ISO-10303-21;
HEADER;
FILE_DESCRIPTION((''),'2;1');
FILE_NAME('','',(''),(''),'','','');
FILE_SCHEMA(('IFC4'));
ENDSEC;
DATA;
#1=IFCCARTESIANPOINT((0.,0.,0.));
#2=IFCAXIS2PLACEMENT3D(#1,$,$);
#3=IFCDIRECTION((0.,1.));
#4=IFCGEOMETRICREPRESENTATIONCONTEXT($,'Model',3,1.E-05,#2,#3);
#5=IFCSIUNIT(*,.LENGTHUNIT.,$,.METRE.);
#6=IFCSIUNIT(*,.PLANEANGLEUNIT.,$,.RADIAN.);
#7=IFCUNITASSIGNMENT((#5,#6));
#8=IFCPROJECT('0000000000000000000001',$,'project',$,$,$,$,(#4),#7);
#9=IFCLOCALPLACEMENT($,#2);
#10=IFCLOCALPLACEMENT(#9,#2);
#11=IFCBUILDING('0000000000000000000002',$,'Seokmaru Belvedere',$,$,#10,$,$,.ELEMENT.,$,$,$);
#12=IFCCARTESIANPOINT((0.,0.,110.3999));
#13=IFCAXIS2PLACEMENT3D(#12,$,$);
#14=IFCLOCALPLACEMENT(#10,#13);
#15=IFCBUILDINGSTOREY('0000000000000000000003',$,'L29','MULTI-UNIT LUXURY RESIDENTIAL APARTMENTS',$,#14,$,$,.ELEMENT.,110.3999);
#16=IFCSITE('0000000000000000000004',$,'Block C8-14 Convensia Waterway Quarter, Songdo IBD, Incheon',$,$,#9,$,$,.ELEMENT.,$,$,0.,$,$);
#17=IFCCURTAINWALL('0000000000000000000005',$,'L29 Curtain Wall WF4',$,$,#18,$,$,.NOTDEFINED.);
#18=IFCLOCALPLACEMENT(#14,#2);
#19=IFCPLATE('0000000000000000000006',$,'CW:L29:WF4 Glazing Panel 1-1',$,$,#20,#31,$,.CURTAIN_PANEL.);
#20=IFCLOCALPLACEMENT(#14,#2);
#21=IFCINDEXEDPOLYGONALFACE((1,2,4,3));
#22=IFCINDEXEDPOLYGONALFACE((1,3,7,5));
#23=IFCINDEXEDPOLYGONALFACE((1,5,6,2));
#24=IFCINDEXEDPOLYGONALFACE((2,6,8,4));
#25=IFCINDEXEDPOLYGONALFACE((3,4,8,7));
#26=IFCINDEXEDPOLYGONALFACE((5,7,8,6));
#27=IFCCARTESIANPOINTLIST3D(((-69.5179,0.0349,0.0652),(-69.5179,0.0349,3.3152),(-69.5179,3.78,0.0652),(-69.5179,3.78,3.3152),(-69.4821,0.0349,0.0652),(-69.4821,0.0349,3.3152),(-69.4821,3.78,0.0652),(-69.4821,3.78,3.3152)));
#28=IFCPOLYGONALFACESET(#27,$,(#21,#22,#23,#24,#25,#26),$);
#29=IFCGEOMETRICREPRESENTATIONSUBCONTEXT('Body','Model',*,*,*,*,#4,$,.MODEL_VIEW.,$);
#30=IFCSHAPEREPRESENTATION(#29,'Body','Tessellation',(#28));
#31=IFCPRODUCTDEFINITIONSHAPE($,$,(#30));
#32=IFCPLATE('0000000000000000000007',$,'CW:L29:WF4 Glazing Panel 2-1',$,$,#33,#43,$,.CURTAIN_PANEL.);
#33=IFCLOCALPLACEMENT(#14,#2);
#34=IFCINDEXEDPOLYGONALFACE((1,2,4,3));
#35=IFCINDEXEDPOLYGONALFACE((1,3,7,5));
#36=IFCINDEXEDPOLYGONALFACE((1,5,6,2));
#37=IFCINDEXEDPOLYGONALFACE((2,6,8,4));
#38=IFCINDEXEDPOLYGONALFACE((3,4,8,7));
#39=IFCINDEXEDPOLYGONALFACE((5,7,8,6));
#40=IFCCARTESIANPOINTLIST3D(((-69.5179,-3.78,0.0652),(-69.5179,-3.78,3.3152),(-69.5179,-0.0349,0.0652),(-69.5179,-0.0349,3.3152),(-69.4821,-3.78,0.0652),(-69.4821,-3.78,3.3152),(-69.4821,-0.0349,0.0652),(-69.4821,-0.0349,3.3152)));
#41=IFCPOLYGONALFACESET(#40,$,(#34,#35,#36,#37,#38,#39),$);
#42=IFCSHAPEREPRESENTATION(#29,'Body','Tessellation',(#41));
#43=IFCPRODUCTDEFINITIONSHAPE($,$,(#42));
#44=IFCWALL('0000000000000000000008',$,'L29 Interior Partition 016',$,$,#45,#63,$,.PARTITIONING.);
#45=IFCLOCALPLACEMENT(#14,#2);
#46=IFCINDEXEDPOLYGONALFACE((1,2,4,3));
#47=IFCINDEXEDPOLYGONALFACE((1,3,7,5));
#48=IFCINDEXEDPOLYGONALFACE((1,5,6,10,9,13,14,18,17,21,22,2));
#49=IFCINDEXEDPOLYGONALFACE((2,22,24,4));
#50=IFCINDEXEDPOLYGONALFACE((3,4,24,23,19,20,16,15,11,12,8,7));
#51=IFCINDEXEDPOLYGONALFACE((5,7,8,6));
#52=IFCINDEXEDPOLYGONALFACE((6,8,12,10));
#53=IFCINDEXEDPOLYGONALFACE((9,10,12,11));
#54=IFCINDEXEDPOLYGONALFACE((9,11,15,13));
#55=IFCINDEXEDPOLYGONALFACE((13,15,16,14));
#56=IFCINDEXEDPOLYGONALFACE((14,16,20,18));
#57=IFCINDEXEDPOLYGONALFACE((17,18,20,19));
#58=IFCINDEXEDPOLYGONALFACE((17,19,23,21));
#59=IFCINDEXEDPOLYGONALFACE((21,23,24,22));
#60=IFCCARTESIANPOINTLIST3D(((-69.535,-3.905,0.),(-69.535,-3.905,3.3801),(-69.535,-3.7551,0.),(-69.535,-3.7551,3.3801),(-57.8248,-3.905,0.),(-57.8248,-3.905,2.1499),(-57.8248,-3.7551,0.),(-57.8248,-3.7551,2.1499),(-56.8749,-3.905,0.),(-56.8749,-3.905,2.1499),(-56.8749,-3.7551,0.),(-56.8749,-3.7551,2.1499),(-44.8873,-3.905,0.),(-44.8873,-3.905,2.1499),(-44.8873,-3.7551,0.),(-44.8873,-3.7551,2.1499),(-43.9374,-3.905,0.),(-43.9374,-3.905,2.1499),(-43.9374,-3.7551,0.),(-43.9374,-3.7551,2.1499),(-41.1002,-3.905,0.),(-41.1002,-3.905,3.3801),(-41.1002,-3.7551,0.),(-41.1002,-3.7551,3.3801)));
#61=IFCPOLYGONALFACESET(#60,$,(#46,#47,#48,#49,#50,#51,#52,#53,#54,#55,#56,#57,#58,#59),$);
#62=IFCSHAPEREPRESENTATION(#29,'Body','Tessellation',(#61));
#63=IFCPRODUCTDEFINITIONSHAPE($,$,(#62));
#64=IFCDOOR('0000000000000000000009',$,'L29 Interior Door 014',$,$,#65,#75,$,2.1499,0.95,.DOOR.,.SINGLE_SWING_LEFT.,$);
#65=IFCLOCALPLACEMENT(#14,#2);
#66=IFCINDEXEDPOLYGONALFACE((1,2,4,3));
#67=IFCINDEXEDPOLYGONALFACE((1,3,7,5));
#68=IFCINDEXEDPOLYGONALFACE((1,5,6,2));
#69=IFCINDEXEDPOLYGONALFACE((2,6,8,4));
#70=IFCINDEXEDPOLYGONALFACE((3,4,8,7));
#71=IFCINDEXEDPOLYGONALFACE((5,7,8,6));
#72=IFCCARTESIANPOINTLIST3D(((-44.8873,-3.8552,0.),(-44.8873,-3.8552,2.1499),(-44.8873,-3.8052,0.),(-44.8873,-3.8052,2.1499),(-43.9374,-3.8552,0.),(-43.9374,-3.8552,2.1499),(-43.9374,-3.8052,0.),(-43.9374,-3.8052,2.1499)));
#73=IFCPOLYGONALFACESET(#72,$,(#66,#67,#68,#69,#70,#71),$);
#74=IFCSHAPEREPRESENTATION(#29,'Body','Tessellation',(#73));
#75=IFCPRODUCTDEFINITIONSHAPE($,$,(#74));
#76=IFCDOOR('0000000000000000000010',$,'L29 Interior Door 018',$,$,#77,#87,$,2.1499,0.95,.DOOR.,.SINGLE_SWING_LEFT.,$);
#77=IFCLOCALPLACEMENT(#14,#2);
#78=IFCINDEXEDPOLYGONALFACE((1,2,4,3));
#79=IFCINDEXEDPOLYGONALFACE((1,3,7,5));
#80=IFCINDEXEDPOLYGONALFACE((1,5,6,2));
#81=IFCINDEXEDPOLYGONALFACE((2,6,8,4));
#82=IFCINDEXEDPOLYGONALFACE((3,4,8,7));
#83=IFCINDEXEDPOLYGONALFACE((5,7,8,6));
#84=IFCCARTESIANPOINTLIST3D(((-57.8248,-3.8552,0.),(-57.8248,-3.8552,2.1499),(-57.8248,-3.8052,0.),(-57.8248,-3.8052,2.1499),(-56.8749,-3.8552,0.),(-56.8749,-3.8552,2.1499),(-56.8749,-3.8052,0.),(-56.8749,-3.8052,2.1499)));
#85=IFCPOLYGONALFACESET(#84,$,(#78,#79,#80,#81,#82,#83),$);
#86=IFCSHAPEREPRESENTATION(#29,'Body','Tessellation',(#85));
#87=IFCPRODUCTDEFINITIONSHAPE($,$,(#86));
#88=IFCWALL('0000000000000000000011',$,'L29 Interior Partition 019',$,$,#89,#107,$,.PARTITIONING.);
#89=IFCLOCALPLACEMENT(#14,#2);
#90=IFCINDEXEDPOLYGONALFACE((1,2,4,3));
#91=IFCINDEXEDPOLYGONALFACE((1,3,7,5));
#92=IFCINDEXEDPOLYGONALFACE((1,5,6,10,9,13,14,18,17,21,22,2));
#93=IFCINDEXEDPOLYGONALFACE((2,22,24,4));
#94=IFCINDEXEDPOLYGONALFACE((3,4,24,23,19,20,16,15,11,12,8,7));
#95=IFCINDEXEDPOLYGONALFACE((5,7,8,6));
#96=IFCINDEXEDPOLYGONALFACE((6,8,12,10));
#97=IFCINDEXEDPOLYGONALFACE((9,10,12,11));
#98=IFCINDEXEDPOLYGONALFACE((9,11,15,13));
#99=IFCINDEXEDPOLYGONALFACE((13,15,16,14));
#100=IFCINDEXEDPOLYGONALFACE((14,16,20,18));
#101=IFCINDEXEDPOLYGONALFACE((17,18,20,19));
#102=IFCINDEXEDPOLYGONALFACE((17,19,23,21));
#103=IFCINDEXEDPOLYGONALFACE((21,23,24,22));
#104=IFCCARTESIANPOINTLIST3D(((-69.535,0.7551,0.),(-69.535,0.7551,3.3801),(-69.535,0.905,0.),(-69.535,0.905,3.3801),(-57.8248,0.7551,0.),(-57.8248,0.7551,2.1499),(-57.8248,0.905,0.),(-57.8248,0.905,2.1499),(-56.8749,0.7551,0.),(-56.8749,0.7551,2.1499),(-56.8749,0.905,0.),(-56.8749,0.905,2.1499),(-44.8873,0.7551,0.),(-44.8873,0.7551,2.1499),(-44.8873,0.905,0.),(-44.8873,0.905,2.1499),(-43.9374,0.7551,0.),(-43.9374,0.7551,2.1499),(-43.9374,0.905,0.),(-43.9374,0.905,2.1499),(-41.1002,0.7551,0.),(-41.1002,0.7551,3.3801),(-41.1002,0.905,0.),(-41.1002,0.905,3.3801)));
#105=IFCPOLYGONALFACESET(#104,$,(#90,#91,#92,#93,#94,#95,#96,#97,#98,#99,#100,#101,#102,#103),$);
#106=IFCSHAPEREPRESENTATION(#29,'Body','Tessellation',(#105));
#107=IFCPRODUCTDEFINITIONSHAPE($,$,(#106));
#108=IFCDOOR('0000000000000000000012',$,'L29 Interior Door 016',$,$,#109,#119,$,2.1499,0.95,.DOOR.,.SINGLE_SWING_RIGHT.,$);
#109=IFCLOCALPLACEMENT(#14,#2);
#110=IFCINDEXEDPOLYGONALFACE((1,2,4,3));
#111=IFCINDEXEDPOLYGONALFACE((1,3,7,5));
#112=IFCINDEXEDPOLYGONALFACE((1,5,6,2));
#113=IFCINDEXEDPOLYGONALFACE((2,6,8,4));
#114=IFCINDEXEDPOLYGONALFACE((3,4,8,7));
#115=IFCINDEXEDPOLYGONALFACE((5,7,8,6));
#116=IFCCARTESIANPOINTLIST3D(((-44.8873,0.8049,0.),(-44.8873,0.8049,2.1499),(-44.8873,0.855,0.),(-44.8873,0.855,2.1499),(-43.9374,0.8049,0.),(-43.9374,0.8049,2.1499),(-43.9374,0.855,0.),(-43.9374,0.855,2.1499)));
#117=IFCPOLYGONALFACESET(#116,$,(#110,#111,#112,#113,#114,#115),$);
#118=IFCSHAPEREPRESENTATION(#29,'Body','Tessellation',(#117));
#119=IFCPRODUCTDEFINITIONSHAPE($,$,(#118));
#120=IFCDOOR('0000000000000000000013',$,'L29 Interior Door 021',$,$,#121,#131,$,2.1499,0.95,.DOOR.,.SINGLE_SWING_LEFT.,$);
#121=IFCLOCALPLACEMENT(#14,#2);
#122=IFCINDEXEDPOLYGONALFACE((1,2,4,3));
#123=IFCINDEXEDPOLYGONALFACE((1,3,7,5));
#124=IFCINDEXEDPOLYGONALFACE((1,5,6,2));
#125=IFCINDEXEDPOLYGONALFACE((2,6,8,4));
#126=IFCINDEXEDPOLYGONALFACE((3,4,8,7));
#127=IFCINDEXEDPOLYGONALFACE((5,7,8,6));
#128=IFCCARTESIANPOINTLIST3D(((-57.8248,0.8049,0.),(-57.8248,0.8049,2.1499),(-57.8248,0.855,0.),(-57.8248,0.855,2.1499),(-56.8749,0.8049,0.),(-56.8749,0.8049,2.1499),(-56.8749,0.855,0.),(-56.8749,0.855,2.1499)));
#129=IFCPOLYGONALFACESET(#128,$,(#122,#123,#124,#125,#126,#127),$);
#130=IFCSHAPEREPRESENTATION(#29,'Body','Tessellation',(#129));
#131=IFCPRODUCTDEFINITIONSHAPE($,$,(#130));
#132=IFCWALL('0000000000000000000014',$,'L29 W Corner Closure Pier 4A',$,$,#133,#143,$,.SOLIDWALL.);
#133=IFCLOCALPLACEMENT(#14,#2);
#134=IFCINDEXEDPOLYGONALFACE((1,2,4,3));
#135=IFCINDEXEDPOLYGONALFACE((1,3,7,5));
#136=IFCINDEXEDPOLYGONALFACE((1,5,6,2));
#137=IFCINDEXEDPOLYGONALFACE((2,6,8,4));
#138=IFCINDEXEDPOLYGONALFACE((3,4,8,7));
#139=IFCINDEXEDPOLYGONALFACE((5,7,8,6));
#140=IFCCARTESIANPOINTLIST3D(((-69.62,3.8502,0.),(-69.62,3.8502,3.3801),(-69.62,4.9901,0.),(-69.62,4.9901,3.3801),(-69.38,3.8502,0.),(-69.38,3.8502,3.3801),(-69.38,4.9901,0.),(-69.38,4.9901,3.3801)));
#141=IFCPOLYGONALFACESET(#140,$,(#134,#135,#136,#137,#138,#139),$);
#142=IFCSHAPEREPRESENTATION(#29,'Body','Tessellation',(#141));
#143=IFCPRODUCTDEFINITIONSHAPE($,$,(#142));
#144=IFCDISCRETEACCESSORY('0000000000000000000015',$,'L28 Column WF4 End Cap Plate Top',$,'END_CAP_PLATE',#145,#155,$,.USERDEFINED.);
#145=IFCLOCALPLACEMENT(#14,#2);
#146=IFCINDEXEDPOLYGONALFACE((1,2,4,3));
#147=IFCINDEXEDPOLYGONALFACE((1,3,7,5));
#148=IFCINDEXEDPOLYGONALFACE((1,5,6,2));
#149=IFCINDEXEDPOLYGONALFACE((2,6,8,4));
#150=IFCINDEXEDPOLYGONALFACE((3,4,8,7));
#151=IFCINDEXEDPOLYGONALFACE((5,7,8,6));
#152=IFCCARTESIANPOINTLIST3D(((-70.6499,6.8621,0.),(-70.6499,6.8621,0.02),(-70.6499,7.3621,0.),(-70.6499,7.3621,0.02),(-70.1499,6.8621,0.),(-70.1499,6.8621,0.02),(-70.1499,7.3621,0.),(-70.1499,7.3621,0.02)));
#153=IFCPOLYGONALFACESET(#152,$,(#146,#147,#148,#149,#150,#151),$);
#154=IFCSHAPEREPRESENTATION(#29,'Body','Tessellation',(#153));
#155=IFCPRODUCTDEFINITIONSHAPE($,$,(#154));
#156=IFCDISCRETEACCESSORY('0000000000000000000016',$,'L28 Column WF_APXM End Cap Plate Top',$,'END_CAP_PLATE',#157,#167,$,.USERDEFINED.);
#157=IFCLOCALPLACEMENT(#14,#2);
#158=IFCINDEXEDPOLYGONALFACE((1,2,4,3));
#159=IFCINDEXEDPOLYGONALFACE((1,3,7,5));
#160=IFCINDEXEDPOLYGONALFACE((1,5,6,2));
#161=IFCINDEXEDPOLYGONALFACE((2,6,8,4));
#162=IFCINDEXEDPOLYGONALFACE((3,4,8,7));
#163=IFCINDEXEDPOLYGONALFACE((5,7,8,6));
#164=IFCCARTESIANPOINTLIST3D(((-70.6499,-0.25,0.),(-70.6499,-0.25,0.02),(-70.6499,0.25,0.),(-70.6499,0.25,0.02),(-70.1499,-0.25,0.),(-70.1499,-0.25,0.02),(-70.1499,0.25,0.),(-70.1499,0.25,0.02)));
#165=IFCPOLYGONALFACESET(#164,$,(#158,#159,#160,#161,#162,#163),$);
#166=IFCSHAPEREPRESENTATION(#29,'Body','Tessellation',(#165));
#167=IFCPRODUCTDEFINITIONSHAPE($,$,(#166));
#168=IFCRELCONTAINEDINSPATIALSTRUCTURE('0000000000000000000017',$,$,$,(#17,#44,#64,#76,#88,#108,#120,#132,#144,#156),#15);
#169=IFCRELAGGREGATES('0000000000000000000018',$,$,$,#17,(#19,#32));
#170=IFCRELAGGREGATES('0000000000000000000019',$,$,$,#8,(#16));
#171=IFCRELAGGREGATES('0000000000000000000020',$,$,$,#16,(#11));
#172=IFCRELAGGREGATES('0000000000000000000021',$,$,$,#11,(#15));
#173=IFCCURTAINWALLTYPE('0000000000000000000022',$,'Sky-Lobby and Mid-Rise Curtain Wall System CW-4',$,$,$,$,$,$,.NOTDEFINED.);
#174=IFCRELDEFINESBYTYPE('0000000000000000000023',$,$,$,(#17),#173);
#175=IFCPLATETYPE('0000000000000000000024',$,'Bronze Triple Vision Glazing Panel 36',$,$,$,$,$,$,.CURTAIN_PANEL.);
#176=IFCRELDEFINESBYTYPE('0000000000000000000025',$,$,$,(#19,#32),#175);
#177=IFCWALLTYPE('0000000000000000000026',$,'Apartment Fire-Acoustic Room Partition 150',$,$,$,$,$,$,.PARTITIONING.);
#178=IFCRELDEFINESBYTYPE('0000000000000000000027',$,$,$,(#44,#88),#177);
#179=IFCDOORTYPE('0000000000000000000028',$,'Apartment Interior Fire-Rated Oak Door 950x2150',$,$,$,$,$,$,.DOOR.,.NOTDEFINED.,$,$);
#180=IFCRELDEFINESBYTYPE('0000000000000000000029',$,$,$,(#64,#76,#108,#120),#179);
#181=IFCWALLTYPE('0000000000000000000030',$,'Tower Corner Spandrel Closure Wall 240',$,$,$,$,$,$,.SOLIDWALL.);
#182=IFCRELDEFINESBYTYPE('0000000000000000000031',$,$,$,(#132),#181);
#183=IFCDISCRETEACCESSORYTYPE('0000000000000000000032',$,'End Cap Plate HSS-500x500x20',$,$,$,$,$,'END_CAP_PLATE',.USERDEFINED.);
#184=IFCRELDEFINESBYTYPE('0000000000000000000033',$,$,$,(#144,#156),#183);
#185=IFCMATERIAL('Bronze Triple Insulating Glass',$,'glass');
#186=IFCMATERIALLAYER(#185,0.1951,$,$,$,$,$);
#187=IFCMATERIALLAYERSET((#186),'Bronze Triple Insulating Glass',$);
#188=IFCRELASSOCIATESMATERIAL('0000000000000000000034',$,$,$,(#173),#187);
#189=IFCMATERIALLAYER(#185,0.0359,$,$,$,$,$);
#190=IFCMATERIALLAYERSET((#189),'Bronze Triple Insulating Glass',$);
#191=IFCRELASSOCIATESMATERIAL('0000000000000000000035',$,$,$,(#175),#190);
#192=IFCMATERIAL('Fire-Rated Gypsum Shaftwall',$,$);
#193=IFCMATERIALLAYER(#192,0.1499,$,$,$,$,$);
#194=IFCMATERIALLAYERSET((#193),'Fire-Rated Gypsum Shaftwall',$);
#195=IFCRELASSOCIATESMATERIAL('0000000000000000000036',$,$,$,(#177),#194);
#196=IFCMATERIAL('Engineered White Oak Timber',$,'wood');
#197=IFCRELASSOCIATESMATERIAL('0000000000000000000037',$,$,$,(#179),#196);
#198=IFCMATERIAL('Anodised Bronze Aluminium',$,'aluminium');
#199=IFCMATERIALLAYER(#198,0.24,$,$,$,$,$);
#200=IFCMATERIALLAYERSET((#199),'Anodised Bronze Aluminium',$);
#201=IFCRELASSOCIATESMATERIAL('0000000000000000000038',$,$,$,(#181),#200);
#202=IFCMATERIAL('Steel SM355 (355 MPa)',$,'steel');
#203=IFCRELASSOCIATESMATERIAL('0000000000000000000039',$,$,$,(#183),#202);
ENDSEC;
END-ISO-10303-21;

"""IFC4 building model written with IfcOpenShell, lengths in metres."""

from ifc_helpers import new_model, si_unit, direction, frame, frame_2d, origin, origin_2d, place, context, subcontext, project, spatial, rectangle, extrude, source, transform, mapped, material, layer, layer_set, type_object, type_shapes, element, fill, aggregate, save


model = new_model("IFC4")

# Units and contexts
model_context = context("Model", 3, precision=1e-05, world=origin(), true_north=direction((0.0, 1.0)))
body_context = subcontext(model_context, "Body", "Model", "MODEL_VIEW")
ifc_project = project(units=[si_unit("LENGTHUNIT", "METRE"), si_unit("PLANEANGLEUNIT", "RADIAN")], contexts=[model_context])

# Site, building, storey
site_placement = place(None, origin())
site = spatial("IfcSite", under=ifc_project, at=site_placement, Name="Block C8-14 Convensia Waterway Quarter, Songdo IBD, Incheon", CompositionType="ELEMENT", RefElevation=0.0)
building_placement = place(site_placement, origin())
building = spatial("IfcBuilding", under=site, at=building_placement, Name="Seokmaru Belvedere", CompositionType="ELEMENT")
storey_placement = place(building_placement, frame((0.0, 0.0, 110.3999)))
storey = spatial("IfcBuildingStorey", under=building, at=storey_placement, Name="L29", Description="MULTI-UNIT LUXURY RESIDENTIAL APARTMENTS", CompositionType="ELEMENT", Elevation=110.3999)

# Shared definitions
ifc_material_1 = material(Name="Steel SM355 (355 MPa)", Category="steel")

# Curtain wall, plates
ifc_material_2 = material(Name="Bronze Triple Insulating Glass", Category="glass")
ifc_layer_1 = layer(ifc_material_2, 0.1951)
ifc_layer_set_1 = layer_set([ifc_layer_1], Name="Bronze Triple Insulating Glass")
curtain_wall_type = type_object("IfcCurtainWallType", Name="Sky-Lobby and Mid-Rise Curtain Wall System CW-4", PredefinedType="NOTDEFINED", material=ifc_layer_set_1)
curtain_wall_placement = place(storey_placement, origin())
curtain_wall = element("IfcCurtainWall", 1, at=curtain_wall_placement, inside=storey, type_object=curtain_wall_type, Name="L29 Curtain Wall WF4", PredefinedType="NOTDEFINED")
ifc_material_3 = material(Name="Anodised Bronze Aluminium", Category="aluminium")
ifc_layer_2 = layer(ifc_material_2, 0.0359)
ifc_layer_set_2 = layer_set([ifc_layer_2], Name="Bronze Triple Insulating Glass")
plate_type = type_object("IfcPlateType", Name="Bronze Triple Vision Glazing Panel 36", PredefinedType="CURTAIN_PANEL", material=ifc_layer_set_2)
shared_shape_1 = source(origin(), body_context, "Body", "SweptSolid", [
    extrude(rectangle(XDim=3.7451, YDim=0.0359, at=origin_2d()), origin(), (0.0, 0.0, 1.0), 3.25),
])
type_shapes(plate_type, [shared_shape_1])
plate_1_placement = place(storey_placement, frame((-69.5, 1.9075, 0.0652), z_axis=(0.0, 0.0, 1.0), x_axis=(0.0, -1.0, 0.0)))
plate_1 = element("IfcPlate", 2, at=plate_1_placement, type_object=plate_type, Name="CW:L29:WF4 Glazing Panel 1-1", PredefinedType="CURTAIN_PANEL", context=body_context, shape_type="MappedRepresentation", body=[
    mapped(shared_shape_1, transform((0.0, 0.0, 0.0), scale=1.0)),
])
plate_2_placement = place(storey_placement, frame((-69.5, -1.9075, 0.0652), z_axis=(0.0, 0.0, 1.0), x_axis=(0.0, -1.0, 0.0)))
plate_2 = element("IfcPlate", 3, at=plate_2_placement, type_object=plate_type, Name="CW:L29:WF4 Glazing Panel 2-1", PredefinedType="CURTAIN_PANEL", context=body_context, shape_type="MappedRepresentation", body=[
    mapped(shared_shape_1, transform((0.0, 0.0, 0.0), scale=1.0)),
])
aggregate(curtain_wall, [plate_1, plate_2])

# Walls, openings, doors
ifc_material_4 = material(Name="Fire-Rated Gypsum Shaftwall")
ifc_layer_3 = layer(ifc_material_4, 0.1499)
ifc_layer_set_3 = layer_set([ifc_layer_3], Name="Fire-Rated Gypsum Shaftwall")
wall_type_1 = type_object("IfcWallType", Name="Apartment Fire-Acoustic Room Partition 150", PredefinedType="PARTITIONING", material=ifc_layer_set_3)
wall_1_placement = place(storey_placement, frame((-69.5349, -3.8301, 0.0), z_axis=(0.0, 0.0, 1.0), x_axis=(1.0, 0.0, 0.0)))
wall_1 = element("IfcWall", 4, at=wall_1_placement, inside=storey, type_object=wall_type_1, Name="L29 Interior Partition 016", PredefinedType="PARTITIONING", context=body_context, shape_type="SweptSolid", body=[
    extrude(rectangle(XDim=28.4348, YDim=0.1499, at=frame_2d((14.2173, 0.0))), origin(), (0.0, 0.0, 1.0), 3.3801),
])
opening_1_placement = place(wall_1_placement, frame((24.6475, 0.0, 0.0)))
opening_1 = element("IfcOpeningElement", 5, at=opening_1_placement, cuts=wall_1, PredefinedType="OPENING", context=body_context, shape_type="SweptSolid", body=[
    extrude(rectangle(XDim=0.95, YDim=2.1499, at=frame_2d((0.4751, 1.075))), frame((0.0, 0.085, 0.0), z_axis=(0.0, -1.0, 0.0), x_axis=(1.0, 0.0, 0.0)), (0.0, 0.0, 1.0), 0.1699),
])
opening_2_placement = place(wall_1_placement, frame((11.71, 0.0, 0.0)))
opening_2 = element("IfcOpeningElement", 6, at=opening_2_placement, cuts=wall_1, PredefinedType="OPENING", context=body_context, shape_type="SweptSolid", body=[
    extrude(rectangle(XDim=0.95, YDim=2.1499, at=frame_2d((0.4751, 1.075))), frame((0.0, 0.085, 0.0), z_axis=(0.0, -1.0, 0.0), x_axis=(1.0, 0.0, 0.0)), (0.0, 0.0, 1.0), 0.1699),
])
ifc_material_5 = material(Name="Engineered White Oak Timber", Category="wood")
door_type = type_object("IfcDoorType", Name="Apartment Interior Fire-Rated Oak Door 950x2150", OperationType="NOTDEFINED", PredefinedType="DOOR", material=ifc_material_5)
shared_shape_2 = source(origin(), body_context, "Body", "SweptSolid", [
    extrude(rectangle(XDim=0.95, YDim=2.1499, at=frame_2d((0.4751, 1.075))), frame((0.0, 0.0249, 0.0), z_axis=(0.0, -1.0, 0.0), x_axis=(1.0, 0.0, 0.0)), (0.0, 0.0, 1.0), 0.05),
])
type_shapes(door_type, [shared_shape_2])
door_1_placement = place(opening_1_placement, origin())
door_1 = element("IfcDoor", 7, at=door_1_placement, inside=storey, type_object=door_type, Name="L29 Interior Door 014", OperationType="SINGLE_SWING_LEFT", OverallHeight=2.1499, OverallWidth=0.95, PredefinedType="DOOR", context=body_context, shape_type="MappedRepresentation", body=[
    mapped(shared_shape_2, transform((0.0, 0.0, 0.0), scale=1.0)),
])
fill(opening_1, door_1)
door_2_placement = place(opening_2_placement, origin())
door_2 = element("IfcDoor", 8, at=door_2_placement, inside=storey, type_object=door_type, Name="L29 Interior Door 018", OperationType="SINGLE_SWING_LEFT", OverallHeight=2.1499, OverallWidth=0.95, PredefinedType="DOOR", context=body_context, shape_type="MappedRepresentation", body=[
    mapped(shared_shape_2, transform((0.0, 0.0, 0.0), scale=1.0)),
])
fill(opening_2, door_2)
wall_2_placement = place(storey_placement, frame((-69.5349, 0.8301, 0.0), z_axis=(0.0, 0.0, 1.0), x_axis=(1.0, 0.0, 0.0)))
wall_2 = element("IfcWall", 9, at=wall_2_placement, inside=storey, type_object=wall_type_1, Name="L29 Interior Partition 019", PredefinedType="PARTITIONING", context=body_context, shape_type="SweptSolid", body=[
    extrude(rectangle(XDim=28.4348, YDim=0.1499, at=frame_2d((14.2173, 0.0))), origin(), (0.0, 0.0, 1.0), 3.3801),
])
opening_3_placement = place(wall_2_placement, frame((24.6475, 0.0, 0.0)))
opening_3 = element("IfcOpeningElement", 10, at=opening_3_placement, cuts=wall_2, PredefinedType="OPENING", context=body_context, shape_type="SweptSolid", body=[
    extrude(rectangle(XDim=0.95, YDim=2.1499, at=frame_2d((0.4751, 1.075))), frame((0.0, 0.085, 0.0), z_axis=(0.0, -1.0, 0.0), x_axis=(1.0, 0.0, 0.0)), (0.0, 0.0, 1.0), 0.1699),
])
opening_4_placement = place(wall_2_placement, frame((11.71, 0.0, 0.0)))
opening_4 = element("IfcOpeningElement", 11, at=opening_4_placement, cuts=wall_2, PredefinedType="OPENING", context=body_context, shape_type="SweptSolid", body=[
    extrude(rectangle(XDim=0.95, YDim=2.1499, at=frame_2d((0.4751, 1.075))), frame((0.0, 0.085, 0.0), z_axis=(0.0, -1.0, 0.0), x_axis=(1.0, 0.0, 0.0)), (0.0, 0.0, 1.0), 0.1699),
])
door_3_placement = place(opening_3_placement, origin())
door_3 = element("IfcDoor", 12, at=door_3_placement, inside=storey, type_object=door_type, Name="L29 Interior Door 016", OperationType="SINGLE_SWING_RIGHT", OverallHeight=2.1499, OverallWidth=0.95, PredefinedType="DOOR", context=body_context, shape_type="MappedRepresentation", body=[
    mapped(shared_shape_2, transform((0.0, 0.0, 0.0), scale=1.0)),
])
fill(opening_3, door_3)
door_4_placement = place(opening_4_placement, origin())
door_4 = element("IfcDoor", 13, at=door_4_placement, inside=storey, type_object=door_type, Name="L29 Interior Door 021", OperationType="SINGLE_SWING_LEFT", OverallHeight=2.1499, OverallWidth=0.95, PredefinedType="DOOR", context=body_context, shape_type="MappedRepresentation", body=[
    mapped(shared_shape_2, transform((0.0, 0.0, 0.0), scale=1.0)),
])
fill(opening_4, door_4)

# Wall
ifc_layer_4 = layer(ifc_material_3, 0.24)
ifc_layer_set_4 = layer_set([ifc_layer_4], Name="Anodised Bronze Aluminium")
wall_type_2 = type_object("IfcWallType", Name="Tower Corner Spandrel Closure Wall 240", PredefinedType="SOLIDWALL", material=ifc_layer_set_4)
wall_3_placement = place(storey_placement, frame((-69.5, 4.99, 0.0), z_axis=(0.0, 0.0, 1.0), x_axis=(0.0, -1.0, 0.0)))
element("IfcWall", 14, at=wall_3_placement, inside=storey, type_object=wall_type_2, Name="L29 W Corner Closure Pier 4A", PredefinedType="SOLIDWALL", context=body_context, shape_type="SweptSolid", body=[
    extrude(rectangle(XDim=1.1399, YDim=0.24, at=frame_2d((0.5698, 0.0))), origin(), (0.0, 0.0, 1.0), 3.3801),
])

# Discrete accessories
discrete_accessory_type = type_object("IfcDiscreteAccessoryType", Name="End Cap Plate HSS-500x500x20", ElementType="END_CAP_PLATE", PredefinedType="USERDEFINED", material=ifc_material_1)
shared_shape_3 = source(origin(), body_context, "Body", "SweptSolid", [
    extrude(rectangle(XDim=0.5, YDim=0.5, at=origin_2d()), origin(), (0.0, 0.0, 1.0), 0.02),
])
type_shapes(discrete_accessory_type, [shared_shape_3])
for number, where, z_axis, x_axis, name in (
    (15, (-70.3999, 7.1121, 0.0), (0.0, 0.0, 1.0), (1.0, 0.0, 0.0), "L28 Column WF4 End Cap Plate Top"),
    (16, (-70.3999, 0.0, 0.0), (0.0, 0.0, 1.0), (1.0, 0.0, 0.0), "L28 Column WF_APXM End Cap Plate Top"),
):
    element("IfcDiscreteAccessory", number, at=place(storey_placement, frame(where, z_axis=z_axis, x_axis=x_axis)), inside=storey, type_object=discrete_accessory_type, Name=name, ObjectType="END_CAP_PLATE", PredefinedType="USERDEFINED", context=body_context, shape_type="MappedRepresentation", body=[
        mapped(shared_shape_3, transform((0.0, 0.0, 0.0), scale=1.0)),
    ])

save(model, "model.ifc")
